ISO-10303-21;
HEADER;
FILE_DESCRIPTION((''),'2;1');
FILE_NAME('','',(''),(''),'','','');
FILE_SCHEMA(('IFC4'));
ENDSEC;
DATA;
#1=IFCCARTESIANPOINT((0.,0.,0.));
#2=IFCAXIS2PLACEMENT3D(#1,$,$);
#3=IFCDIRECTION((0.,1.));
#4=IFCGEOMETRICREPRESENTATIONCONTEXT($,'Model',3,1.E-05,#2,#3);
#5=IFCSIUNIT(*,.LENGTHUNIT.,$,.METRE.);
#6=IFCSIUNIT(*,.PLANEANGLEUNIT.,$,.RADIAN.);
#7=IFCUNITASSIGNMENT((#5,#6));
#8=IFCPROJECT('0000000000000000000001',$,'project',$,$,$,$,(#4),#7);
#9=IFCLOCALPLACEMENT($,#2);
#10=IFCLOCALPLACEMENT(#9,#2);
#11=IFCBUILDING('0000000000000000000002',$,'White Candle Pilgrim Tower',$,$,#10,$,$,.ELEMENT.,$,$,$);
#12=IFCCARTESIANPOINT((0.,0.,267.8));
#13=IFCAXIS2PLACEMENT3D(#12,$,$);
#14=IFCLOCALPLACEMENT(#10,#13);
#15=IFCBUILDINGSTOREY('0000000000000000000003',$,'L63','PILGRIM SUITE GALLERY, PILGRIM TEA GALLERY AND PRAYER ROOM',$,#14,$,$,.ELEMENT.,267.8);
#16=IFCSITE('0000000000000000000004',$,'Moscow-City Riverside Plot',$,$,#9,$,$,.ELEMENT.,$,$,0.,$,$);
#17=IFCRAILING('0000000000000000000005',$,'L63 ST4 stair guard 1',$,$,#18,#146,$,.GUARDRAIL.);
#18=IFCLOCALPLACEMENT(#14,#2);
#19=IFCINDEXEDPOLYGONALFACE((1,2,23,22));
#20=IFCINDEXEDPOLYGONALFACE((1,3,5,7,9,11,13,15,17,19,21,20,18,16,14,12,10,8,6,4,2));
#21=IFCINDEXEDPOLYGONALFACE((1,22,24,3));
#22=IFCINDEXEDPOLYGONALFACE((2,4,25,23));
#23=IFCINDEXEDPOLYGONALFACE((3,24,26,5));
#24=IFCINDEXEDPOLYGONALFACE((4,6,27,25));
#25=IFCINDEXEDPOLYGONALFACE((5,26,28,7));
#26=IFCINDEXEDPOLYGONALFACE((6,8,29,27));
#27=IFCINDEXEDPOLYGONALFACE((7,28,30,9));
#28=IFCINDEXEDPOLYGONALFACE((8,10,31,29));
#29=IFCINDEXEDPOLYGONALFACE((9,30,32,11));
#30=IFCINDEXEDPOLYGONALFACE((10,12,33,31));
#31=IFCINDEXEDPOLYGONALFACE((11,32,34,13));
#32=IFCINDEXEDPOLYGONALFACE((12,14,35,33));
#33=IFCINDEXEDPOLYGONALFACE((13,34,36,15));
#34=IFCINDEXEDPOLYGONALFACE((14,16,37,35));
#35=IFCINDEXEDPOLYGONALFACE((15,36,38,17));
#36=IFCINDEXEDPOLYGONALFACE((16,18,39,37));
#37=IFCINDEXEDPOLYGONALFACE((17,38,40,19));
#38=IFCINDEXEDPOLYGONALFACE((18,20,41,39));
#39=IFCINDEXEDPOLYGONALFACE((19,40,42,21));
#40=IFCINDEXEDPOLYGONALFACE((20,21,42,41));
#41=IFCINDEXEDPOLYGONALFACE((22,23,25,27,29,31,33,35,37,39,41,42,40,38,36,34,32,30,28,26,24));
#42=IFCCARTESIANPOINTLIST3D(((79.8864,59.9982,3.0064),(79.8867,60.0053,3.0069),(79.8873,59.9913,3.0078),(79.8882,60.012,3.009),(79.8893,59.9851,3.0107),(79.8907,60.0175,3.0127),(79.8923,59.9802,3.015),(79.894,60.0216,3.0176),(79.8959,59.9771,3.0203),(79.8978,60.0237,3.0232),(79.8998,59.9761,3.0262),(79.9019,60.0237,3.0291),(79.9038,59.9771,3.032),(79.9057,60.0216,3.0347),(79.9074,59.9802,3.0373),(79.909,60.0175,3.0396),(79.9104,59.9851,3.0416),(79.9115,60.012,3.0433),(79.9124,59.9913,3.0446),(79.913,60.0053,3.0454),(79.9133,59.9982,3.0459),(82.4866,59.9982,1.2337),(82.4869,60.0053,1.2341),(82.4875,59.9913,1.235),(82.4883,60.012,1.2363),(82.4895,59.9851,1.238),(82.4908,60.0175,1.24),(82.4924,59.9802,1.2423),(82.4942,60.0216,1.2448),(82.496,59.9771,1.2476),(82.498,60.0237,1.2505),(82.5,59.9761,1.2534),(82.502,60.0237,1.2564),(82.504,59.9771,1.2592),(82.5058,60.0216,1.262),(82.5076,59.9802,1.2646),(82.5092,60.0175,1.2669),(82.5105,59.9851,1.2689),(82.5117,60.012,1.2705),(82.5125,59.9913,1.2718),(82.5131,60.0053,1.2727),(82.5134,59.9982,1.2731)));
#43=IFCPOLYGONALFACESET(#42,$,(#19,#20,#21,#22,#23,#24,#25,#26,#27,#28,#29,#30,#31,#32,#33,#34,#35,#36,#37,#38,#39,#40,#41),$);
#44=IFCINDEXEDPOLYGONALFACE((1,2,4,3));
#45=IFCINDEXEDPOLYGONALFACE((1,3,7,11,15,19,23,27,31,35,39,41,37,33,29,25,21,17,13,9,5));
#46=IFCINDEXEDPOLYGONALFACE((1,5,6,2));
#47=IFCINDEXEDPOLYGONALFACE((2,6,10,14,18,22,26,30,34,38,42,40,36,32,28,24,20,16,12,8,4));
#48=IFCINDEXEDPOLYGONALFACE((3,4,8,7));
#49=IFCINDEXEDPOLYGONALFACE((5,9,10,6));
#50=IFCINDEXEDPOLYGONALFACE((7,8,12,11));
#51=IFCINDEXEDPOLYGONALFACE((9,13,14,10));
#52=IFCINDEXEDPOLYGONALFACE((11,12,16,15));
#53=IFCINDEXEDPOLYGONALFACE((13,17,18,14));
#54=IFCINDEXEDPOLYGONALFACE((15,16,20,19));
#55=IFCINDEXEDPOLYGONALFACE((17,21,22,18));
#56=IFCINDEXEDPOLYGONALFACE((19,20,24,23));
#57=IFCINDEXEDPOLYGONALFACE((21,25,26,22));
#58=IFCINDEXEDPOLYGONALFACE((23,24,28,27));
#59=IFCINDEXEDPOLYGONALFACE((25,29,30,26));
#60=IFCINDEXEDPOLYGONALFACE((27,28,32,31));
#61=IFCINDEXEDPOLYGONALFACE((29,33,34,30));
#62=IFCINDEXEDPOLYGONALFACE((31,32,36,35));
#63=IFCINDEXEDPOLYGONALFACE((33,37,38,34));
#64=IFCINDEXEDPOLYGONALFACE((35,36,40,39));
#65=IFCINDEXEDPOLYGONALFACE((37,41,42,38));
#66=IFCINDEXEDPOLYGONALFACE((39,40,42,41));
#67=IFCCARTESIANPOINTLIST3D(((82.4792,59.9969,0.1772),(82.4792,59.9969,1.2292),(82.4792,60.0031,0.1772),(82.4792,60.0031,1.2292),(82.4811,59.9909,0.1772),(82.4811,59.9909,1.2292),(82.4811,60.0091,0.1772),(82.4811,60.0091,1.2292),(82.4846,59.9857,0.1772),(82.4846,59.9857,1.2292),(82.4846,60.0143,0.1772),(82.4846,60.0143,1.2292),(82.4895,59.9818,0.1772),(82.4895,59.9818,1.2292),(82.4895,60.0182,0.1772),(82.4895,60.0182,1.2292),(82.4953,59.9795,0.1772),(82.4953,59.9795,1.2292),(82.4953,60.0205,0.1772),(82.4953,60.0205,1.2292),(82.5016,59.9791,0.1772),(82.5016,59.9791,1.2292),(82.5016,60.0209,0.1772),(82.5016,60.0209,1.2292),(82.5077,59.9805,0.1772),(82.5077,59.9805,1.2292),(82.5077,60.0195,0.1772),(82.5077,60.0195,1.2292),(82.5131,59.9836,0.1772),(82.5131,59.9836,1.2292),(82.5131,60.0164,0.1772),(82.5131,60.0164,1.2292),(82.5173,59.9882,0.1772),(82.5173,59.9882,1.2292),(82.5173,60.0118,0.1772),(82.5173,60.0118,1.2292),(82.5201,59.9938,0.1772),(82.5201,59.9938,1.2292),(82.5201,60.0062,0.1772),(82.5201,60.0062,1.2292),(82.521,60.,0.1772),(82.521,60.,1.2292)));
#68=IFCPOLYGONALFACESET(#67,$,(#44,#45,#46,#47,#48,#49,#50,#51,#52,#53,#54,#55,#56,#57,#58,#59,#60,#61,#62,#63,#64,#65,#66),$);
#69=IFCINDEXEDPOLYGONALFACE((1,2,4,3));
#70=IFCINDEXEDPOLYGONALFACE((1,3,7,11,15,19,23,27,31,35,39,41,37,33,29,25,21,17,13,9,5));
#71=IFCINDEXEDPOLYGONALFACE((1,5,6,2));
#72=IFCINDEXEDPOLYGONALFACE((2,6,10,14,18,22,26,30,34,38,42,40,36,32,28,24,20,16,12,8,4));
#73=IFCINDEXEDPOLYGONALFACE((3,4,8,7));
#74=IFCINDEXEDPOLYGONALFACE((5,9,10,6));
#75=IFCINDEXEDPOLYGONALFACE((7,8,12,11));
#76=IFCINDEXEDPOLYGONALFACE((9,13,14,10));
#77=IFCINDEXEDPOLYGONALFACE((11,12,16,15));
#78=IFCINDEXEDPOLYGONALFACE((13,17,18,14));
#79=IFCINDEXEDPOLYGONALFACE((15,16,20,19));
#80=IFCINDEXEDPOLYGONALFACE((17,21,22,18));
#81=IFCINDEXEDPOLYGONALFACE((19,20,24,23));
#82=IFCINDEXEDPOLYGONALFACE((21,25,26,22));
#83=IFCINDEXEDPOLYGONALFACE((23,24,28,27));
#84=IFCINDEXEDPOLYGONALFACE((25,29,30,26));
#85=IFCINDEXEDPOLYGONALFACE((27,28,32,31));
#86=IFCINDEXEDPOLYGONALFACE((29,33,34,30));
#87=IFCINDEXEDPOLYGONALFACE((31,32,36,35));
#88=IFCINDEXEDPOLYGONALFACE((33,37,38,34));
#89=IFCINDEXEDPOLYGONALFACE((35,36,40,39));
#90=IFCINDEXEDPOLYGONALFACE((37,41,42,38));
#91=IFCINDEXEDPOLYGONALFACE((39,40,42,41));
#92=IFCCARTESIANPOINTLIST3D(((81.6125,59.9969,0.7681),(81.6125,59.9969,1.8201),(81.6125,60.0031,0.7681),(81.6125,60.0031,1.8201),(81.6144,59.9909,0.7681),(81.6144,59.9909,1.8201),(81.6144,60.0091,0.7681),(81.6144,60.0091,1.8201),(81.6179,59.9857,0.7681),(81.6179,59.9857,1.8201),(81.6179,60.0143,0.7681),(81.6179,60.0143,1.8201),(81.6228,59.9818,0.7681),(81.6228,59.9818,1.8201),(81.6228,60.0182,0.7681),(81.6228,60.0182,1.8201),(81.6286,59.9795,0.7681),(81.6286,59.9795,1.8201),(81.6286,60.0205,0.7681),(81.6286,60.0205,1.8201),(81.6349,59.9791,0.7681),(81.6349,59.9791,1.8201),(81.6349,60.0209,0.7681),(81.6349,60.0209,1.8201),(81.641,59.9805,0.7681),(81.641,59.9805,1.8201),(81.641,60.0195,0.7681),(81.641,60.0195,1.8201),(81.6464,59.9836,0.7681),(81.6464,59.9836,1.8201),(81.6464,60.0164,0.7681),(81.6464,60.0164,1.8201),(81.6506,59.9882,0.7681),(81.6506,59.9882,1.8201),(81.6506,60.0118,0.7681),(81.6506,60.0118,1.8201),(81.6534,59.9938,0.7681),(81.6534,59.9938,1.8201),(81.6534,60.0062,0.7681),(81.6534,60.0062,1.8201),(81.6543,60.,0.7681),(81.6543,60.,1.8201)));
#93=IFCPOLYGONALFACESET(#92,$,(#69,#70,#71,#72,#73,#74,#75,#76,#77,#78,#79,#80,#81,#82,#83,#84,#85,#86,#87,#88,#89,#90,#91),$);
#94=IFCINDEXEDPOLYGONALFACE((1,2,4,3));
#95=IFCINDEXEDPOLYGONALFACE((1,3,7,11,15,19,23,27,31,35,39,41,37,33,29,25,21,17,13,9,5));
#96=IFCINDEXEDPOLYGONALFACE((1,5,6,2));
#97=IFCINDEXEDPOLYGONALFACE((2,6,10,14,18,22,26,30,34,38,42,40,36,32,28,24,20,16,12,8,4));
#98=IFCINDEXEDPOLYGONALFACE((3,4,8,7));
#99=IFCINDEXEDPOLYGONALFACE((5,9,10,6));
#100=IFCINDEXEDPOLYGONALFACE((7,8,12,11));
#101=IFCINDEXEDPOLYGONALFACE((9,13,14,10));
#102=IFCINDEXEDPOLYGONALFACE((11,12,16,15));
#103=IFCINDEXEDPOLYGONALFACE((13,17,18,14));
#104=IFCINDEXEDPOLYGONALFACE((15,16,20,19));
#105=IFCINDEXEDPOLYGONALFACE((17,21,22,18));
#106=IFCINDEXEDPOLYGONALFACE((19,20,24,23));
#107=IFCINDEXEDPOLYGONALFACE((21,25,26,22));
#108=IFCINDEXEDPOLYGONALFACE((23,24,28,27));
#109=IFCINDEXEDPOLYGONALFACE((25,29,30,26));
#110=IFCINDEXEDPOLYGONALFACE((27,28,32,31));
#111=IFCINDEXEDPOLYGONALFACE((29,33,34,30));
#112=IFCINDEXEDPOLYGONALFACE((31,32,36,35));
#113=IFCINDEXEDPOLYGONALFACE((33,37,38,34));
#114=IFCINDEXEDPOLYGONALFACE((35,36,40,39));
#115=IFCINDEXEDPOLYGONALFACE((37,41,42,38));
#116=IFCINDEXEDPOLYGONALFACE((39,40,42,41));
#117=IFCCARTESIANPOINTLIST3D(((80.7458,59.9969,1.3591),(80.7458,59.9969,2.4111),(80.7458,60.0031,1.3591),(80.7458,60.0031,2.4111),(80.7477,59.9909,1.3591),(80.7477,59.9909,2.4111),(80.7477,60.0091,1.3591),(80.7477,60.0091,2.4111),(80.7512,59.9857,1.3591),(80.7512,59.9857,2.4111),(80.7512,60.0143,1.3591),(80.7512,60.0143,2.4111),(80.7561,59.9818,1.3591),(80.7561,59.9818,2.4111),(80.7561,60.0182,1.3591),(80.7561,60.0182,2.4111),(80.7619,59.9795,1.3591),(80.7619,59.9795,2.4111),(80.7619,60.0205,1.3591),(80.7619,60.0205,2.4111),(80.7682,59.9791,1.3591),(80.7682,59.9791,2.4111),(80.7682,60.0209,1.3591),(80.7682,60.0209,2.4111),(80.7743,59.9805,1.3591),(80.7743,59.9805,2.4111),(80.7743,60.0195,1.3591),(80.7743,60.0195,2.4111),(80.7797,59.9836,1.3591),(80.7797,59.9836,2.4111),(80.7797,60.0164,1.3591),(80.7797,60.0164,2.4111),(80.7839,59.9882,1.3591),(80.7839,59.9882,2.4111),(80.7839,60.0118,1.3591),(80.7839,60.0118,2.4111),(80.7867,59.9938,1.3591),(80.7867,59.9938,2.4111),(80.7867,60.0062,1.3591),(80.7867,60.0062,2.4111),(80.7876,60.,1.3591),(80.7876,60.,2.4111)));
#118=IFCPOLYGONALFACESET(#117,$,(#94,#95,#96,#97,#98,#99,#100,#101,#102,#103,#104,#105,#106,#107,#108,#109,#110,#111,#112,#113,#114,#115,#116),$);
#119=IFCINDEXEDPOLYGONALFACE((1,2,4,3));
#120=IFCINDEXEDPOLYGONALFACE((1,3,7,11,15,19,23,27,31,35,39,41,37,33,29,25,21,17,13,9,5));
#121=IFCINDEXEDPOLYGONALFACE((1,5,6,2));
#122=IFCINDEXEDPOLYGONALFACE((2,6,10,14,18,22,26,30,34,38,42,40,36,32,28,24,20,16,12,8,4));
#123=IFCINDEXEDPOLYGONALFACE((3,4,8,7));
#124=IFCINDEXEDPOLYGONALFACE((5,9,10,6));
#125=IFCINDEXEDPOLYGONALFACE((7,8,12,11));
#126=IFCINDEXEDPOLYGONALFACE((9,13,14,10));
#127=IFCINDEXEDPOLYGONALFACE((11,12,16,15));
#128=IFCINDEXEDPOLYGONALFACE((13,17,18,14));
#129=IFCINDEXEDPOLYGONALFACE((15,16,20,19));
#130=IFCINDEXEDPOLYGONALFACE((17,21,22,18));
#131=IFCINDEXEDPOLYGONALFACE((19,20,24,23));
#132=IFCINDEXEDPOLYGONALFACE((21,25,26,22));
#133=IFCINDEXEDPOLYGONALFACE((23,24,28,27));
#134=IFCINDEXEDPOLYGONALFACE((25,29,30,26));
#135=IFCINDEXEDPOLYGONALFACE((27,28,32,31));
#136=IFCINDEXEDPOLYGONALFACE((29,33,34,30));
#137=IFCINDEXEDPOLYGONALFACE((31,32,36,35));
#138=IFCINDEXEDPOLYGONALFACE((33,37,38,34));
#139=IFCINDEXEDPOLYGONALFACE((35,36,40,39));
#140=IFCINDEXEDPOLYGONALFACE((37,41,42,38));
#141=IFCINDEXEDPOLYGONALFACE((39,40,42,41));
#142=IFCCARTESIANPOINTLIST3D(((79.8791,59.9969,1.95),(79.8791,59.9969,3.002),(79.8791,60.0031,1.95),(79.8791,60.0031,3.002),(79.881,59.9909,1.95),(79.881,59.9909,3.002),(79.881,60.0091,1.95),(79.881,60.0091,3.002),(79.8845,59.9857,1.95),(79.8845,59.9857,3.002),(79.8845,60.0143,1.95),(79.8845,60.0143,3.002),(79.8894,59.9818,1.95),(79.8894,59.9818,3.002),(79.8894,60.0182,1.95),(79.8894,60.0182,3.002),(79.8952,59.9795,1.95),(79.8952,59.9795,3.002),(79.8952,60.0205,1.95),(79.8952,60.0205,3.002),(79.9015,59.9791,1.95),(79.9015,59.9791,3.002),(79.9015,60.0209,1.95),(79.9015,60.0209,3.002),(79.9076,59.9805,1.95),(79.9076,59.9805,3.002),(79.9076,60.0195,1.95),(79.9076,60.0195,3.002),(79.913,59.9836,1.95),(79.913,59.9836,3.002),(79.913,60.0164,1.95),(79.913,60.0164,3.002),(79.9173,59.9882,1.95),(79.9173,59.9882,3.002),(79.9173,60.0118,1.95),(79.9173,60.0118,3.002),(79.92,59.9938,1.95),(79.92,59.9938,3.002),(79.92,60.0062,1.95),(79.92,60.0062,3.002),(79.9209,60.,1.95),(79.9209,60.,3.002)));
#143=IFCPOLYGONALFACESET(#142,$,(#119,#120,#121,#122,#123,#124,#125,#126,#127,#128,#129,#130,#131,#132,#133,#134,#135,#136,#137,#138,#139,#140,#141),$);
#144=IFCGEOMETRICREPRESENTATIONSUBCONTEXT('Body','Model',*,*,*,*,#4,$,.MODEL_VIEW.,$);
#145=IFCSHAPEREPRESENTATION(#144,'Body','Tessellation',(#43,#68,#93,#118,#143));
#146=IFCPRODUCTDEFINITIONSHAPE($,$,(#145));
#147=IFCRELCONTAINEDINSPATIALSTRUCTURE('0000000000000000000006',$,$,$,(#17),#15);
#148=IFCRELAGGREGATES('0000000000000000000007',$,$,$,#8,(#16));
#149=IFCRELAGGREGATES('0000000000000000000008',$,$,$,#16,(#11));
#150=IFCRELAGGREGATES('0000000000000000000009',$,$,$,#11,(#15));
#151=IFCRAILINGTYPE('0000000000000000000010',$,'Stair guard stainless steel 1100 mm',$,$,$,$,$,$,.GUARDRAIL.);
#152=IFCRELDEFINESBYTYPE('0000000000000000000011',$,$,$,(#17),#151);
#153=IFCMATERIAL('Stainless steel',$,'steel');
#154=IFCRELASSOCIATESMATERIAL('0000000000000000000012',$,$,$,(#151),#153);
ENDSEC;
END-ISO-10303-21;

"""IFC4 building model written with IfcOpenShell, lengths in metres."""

from ifc_helpers import new_model, si_unit, direction, frame, origin, origin_2d, place, context, subcontext, project, spatial, circle, extrude, material, type_object, element, save


model = new_model("IFC4")

# Units and contexts
model_context = context("Model", 3, precision=1e-05, world=origin(), true_north=direction((0.0, 1.0)))
body_context = subcontext(model_context, "Body", "Model", "MODEL_VIEW")
ifc_project = project(units=[si_unit("LENGTHUNIT", "METRE"), si_unit("PLANEANGLEUNIT", "RADIAN")], contexts=[model_context])

# Site, building, storey
site_placement = place(None, origin())
site = spatial("IfcSite", under=ifc_project, at=site_placement, Name="Moscow-City Riverside Plot", CompositionType="ELEMENT", RefElevation=0.0)
building_placement = place(site_placement, origin())
building = spatial("IfcBuilding", under=site, at=building_placement, Name="White Candle Pilgrim Tower", CompositionType="ELEMENT")
storey_placement = place(building_placement, frame((0.0, 0.0, 267.8)))
storey = spatial("IfcBuildingStorey", under=building, at=storey_placement, Name="L63", Description="PILGRIM SUITE GALLERY, PILGRIM TEA GALLERY AND PRAYER ROOM", CompositionType="ELEMENT", Elevation=267.8)

# Railing
ifc_material_1 = material(Name="Stainless steel", Category="steel")
railing_type_1 = type_object("IfcRailingType", Name="Stair guard stainless steel 1100 mm", PredefinedType="GUARDRAIL", material=ifc_material_1)
railing_1_placement = place(storey_placement, frame((82.5, 60.0, 0.1772)))
element("IfcRailing", 1, at=railing_1_placement, inside=storey, type_object=railing_type_1, Name="L63 ST4 stair guard 1", PredefinedType="GUARDRAIL", context=body_context, shape_type="SweptSolid", body=[
    extrude(circle(Radius=0.0239, at=origin_2d()), frame((0.0, 0.0, 1.0762), z_axis=(-0.82624, 0.0, 0.563318), x_axis=(0.0, -1.0, 0.0)), (0.0, 0.0, 1.0), 3.147),
    extrude(circle(Radius=0.021, at=origin_2d()), origin(), (0.0, 0.0, 1.0), 1.052),
    extrude(circle(Radius=0.021, at=origin_2d()), frame((-0.8667, 0.0, 0.5908)), (0.0, 0.0, 1.0), 1.052),
    extrude(circle(Radius=0.021, at=origin_2d()), frame((-1.7334, 0.0, 1.1819)), (0.0, 0.0, 1.0), 1.052),
    extrude(circle(Radius=0.021, at=origin_2d()), frame((-2.6001, 0.0, 1.7727)), (0.0, 0.0, 1.0), 1.052),
])

save(model, "model.ifc")
